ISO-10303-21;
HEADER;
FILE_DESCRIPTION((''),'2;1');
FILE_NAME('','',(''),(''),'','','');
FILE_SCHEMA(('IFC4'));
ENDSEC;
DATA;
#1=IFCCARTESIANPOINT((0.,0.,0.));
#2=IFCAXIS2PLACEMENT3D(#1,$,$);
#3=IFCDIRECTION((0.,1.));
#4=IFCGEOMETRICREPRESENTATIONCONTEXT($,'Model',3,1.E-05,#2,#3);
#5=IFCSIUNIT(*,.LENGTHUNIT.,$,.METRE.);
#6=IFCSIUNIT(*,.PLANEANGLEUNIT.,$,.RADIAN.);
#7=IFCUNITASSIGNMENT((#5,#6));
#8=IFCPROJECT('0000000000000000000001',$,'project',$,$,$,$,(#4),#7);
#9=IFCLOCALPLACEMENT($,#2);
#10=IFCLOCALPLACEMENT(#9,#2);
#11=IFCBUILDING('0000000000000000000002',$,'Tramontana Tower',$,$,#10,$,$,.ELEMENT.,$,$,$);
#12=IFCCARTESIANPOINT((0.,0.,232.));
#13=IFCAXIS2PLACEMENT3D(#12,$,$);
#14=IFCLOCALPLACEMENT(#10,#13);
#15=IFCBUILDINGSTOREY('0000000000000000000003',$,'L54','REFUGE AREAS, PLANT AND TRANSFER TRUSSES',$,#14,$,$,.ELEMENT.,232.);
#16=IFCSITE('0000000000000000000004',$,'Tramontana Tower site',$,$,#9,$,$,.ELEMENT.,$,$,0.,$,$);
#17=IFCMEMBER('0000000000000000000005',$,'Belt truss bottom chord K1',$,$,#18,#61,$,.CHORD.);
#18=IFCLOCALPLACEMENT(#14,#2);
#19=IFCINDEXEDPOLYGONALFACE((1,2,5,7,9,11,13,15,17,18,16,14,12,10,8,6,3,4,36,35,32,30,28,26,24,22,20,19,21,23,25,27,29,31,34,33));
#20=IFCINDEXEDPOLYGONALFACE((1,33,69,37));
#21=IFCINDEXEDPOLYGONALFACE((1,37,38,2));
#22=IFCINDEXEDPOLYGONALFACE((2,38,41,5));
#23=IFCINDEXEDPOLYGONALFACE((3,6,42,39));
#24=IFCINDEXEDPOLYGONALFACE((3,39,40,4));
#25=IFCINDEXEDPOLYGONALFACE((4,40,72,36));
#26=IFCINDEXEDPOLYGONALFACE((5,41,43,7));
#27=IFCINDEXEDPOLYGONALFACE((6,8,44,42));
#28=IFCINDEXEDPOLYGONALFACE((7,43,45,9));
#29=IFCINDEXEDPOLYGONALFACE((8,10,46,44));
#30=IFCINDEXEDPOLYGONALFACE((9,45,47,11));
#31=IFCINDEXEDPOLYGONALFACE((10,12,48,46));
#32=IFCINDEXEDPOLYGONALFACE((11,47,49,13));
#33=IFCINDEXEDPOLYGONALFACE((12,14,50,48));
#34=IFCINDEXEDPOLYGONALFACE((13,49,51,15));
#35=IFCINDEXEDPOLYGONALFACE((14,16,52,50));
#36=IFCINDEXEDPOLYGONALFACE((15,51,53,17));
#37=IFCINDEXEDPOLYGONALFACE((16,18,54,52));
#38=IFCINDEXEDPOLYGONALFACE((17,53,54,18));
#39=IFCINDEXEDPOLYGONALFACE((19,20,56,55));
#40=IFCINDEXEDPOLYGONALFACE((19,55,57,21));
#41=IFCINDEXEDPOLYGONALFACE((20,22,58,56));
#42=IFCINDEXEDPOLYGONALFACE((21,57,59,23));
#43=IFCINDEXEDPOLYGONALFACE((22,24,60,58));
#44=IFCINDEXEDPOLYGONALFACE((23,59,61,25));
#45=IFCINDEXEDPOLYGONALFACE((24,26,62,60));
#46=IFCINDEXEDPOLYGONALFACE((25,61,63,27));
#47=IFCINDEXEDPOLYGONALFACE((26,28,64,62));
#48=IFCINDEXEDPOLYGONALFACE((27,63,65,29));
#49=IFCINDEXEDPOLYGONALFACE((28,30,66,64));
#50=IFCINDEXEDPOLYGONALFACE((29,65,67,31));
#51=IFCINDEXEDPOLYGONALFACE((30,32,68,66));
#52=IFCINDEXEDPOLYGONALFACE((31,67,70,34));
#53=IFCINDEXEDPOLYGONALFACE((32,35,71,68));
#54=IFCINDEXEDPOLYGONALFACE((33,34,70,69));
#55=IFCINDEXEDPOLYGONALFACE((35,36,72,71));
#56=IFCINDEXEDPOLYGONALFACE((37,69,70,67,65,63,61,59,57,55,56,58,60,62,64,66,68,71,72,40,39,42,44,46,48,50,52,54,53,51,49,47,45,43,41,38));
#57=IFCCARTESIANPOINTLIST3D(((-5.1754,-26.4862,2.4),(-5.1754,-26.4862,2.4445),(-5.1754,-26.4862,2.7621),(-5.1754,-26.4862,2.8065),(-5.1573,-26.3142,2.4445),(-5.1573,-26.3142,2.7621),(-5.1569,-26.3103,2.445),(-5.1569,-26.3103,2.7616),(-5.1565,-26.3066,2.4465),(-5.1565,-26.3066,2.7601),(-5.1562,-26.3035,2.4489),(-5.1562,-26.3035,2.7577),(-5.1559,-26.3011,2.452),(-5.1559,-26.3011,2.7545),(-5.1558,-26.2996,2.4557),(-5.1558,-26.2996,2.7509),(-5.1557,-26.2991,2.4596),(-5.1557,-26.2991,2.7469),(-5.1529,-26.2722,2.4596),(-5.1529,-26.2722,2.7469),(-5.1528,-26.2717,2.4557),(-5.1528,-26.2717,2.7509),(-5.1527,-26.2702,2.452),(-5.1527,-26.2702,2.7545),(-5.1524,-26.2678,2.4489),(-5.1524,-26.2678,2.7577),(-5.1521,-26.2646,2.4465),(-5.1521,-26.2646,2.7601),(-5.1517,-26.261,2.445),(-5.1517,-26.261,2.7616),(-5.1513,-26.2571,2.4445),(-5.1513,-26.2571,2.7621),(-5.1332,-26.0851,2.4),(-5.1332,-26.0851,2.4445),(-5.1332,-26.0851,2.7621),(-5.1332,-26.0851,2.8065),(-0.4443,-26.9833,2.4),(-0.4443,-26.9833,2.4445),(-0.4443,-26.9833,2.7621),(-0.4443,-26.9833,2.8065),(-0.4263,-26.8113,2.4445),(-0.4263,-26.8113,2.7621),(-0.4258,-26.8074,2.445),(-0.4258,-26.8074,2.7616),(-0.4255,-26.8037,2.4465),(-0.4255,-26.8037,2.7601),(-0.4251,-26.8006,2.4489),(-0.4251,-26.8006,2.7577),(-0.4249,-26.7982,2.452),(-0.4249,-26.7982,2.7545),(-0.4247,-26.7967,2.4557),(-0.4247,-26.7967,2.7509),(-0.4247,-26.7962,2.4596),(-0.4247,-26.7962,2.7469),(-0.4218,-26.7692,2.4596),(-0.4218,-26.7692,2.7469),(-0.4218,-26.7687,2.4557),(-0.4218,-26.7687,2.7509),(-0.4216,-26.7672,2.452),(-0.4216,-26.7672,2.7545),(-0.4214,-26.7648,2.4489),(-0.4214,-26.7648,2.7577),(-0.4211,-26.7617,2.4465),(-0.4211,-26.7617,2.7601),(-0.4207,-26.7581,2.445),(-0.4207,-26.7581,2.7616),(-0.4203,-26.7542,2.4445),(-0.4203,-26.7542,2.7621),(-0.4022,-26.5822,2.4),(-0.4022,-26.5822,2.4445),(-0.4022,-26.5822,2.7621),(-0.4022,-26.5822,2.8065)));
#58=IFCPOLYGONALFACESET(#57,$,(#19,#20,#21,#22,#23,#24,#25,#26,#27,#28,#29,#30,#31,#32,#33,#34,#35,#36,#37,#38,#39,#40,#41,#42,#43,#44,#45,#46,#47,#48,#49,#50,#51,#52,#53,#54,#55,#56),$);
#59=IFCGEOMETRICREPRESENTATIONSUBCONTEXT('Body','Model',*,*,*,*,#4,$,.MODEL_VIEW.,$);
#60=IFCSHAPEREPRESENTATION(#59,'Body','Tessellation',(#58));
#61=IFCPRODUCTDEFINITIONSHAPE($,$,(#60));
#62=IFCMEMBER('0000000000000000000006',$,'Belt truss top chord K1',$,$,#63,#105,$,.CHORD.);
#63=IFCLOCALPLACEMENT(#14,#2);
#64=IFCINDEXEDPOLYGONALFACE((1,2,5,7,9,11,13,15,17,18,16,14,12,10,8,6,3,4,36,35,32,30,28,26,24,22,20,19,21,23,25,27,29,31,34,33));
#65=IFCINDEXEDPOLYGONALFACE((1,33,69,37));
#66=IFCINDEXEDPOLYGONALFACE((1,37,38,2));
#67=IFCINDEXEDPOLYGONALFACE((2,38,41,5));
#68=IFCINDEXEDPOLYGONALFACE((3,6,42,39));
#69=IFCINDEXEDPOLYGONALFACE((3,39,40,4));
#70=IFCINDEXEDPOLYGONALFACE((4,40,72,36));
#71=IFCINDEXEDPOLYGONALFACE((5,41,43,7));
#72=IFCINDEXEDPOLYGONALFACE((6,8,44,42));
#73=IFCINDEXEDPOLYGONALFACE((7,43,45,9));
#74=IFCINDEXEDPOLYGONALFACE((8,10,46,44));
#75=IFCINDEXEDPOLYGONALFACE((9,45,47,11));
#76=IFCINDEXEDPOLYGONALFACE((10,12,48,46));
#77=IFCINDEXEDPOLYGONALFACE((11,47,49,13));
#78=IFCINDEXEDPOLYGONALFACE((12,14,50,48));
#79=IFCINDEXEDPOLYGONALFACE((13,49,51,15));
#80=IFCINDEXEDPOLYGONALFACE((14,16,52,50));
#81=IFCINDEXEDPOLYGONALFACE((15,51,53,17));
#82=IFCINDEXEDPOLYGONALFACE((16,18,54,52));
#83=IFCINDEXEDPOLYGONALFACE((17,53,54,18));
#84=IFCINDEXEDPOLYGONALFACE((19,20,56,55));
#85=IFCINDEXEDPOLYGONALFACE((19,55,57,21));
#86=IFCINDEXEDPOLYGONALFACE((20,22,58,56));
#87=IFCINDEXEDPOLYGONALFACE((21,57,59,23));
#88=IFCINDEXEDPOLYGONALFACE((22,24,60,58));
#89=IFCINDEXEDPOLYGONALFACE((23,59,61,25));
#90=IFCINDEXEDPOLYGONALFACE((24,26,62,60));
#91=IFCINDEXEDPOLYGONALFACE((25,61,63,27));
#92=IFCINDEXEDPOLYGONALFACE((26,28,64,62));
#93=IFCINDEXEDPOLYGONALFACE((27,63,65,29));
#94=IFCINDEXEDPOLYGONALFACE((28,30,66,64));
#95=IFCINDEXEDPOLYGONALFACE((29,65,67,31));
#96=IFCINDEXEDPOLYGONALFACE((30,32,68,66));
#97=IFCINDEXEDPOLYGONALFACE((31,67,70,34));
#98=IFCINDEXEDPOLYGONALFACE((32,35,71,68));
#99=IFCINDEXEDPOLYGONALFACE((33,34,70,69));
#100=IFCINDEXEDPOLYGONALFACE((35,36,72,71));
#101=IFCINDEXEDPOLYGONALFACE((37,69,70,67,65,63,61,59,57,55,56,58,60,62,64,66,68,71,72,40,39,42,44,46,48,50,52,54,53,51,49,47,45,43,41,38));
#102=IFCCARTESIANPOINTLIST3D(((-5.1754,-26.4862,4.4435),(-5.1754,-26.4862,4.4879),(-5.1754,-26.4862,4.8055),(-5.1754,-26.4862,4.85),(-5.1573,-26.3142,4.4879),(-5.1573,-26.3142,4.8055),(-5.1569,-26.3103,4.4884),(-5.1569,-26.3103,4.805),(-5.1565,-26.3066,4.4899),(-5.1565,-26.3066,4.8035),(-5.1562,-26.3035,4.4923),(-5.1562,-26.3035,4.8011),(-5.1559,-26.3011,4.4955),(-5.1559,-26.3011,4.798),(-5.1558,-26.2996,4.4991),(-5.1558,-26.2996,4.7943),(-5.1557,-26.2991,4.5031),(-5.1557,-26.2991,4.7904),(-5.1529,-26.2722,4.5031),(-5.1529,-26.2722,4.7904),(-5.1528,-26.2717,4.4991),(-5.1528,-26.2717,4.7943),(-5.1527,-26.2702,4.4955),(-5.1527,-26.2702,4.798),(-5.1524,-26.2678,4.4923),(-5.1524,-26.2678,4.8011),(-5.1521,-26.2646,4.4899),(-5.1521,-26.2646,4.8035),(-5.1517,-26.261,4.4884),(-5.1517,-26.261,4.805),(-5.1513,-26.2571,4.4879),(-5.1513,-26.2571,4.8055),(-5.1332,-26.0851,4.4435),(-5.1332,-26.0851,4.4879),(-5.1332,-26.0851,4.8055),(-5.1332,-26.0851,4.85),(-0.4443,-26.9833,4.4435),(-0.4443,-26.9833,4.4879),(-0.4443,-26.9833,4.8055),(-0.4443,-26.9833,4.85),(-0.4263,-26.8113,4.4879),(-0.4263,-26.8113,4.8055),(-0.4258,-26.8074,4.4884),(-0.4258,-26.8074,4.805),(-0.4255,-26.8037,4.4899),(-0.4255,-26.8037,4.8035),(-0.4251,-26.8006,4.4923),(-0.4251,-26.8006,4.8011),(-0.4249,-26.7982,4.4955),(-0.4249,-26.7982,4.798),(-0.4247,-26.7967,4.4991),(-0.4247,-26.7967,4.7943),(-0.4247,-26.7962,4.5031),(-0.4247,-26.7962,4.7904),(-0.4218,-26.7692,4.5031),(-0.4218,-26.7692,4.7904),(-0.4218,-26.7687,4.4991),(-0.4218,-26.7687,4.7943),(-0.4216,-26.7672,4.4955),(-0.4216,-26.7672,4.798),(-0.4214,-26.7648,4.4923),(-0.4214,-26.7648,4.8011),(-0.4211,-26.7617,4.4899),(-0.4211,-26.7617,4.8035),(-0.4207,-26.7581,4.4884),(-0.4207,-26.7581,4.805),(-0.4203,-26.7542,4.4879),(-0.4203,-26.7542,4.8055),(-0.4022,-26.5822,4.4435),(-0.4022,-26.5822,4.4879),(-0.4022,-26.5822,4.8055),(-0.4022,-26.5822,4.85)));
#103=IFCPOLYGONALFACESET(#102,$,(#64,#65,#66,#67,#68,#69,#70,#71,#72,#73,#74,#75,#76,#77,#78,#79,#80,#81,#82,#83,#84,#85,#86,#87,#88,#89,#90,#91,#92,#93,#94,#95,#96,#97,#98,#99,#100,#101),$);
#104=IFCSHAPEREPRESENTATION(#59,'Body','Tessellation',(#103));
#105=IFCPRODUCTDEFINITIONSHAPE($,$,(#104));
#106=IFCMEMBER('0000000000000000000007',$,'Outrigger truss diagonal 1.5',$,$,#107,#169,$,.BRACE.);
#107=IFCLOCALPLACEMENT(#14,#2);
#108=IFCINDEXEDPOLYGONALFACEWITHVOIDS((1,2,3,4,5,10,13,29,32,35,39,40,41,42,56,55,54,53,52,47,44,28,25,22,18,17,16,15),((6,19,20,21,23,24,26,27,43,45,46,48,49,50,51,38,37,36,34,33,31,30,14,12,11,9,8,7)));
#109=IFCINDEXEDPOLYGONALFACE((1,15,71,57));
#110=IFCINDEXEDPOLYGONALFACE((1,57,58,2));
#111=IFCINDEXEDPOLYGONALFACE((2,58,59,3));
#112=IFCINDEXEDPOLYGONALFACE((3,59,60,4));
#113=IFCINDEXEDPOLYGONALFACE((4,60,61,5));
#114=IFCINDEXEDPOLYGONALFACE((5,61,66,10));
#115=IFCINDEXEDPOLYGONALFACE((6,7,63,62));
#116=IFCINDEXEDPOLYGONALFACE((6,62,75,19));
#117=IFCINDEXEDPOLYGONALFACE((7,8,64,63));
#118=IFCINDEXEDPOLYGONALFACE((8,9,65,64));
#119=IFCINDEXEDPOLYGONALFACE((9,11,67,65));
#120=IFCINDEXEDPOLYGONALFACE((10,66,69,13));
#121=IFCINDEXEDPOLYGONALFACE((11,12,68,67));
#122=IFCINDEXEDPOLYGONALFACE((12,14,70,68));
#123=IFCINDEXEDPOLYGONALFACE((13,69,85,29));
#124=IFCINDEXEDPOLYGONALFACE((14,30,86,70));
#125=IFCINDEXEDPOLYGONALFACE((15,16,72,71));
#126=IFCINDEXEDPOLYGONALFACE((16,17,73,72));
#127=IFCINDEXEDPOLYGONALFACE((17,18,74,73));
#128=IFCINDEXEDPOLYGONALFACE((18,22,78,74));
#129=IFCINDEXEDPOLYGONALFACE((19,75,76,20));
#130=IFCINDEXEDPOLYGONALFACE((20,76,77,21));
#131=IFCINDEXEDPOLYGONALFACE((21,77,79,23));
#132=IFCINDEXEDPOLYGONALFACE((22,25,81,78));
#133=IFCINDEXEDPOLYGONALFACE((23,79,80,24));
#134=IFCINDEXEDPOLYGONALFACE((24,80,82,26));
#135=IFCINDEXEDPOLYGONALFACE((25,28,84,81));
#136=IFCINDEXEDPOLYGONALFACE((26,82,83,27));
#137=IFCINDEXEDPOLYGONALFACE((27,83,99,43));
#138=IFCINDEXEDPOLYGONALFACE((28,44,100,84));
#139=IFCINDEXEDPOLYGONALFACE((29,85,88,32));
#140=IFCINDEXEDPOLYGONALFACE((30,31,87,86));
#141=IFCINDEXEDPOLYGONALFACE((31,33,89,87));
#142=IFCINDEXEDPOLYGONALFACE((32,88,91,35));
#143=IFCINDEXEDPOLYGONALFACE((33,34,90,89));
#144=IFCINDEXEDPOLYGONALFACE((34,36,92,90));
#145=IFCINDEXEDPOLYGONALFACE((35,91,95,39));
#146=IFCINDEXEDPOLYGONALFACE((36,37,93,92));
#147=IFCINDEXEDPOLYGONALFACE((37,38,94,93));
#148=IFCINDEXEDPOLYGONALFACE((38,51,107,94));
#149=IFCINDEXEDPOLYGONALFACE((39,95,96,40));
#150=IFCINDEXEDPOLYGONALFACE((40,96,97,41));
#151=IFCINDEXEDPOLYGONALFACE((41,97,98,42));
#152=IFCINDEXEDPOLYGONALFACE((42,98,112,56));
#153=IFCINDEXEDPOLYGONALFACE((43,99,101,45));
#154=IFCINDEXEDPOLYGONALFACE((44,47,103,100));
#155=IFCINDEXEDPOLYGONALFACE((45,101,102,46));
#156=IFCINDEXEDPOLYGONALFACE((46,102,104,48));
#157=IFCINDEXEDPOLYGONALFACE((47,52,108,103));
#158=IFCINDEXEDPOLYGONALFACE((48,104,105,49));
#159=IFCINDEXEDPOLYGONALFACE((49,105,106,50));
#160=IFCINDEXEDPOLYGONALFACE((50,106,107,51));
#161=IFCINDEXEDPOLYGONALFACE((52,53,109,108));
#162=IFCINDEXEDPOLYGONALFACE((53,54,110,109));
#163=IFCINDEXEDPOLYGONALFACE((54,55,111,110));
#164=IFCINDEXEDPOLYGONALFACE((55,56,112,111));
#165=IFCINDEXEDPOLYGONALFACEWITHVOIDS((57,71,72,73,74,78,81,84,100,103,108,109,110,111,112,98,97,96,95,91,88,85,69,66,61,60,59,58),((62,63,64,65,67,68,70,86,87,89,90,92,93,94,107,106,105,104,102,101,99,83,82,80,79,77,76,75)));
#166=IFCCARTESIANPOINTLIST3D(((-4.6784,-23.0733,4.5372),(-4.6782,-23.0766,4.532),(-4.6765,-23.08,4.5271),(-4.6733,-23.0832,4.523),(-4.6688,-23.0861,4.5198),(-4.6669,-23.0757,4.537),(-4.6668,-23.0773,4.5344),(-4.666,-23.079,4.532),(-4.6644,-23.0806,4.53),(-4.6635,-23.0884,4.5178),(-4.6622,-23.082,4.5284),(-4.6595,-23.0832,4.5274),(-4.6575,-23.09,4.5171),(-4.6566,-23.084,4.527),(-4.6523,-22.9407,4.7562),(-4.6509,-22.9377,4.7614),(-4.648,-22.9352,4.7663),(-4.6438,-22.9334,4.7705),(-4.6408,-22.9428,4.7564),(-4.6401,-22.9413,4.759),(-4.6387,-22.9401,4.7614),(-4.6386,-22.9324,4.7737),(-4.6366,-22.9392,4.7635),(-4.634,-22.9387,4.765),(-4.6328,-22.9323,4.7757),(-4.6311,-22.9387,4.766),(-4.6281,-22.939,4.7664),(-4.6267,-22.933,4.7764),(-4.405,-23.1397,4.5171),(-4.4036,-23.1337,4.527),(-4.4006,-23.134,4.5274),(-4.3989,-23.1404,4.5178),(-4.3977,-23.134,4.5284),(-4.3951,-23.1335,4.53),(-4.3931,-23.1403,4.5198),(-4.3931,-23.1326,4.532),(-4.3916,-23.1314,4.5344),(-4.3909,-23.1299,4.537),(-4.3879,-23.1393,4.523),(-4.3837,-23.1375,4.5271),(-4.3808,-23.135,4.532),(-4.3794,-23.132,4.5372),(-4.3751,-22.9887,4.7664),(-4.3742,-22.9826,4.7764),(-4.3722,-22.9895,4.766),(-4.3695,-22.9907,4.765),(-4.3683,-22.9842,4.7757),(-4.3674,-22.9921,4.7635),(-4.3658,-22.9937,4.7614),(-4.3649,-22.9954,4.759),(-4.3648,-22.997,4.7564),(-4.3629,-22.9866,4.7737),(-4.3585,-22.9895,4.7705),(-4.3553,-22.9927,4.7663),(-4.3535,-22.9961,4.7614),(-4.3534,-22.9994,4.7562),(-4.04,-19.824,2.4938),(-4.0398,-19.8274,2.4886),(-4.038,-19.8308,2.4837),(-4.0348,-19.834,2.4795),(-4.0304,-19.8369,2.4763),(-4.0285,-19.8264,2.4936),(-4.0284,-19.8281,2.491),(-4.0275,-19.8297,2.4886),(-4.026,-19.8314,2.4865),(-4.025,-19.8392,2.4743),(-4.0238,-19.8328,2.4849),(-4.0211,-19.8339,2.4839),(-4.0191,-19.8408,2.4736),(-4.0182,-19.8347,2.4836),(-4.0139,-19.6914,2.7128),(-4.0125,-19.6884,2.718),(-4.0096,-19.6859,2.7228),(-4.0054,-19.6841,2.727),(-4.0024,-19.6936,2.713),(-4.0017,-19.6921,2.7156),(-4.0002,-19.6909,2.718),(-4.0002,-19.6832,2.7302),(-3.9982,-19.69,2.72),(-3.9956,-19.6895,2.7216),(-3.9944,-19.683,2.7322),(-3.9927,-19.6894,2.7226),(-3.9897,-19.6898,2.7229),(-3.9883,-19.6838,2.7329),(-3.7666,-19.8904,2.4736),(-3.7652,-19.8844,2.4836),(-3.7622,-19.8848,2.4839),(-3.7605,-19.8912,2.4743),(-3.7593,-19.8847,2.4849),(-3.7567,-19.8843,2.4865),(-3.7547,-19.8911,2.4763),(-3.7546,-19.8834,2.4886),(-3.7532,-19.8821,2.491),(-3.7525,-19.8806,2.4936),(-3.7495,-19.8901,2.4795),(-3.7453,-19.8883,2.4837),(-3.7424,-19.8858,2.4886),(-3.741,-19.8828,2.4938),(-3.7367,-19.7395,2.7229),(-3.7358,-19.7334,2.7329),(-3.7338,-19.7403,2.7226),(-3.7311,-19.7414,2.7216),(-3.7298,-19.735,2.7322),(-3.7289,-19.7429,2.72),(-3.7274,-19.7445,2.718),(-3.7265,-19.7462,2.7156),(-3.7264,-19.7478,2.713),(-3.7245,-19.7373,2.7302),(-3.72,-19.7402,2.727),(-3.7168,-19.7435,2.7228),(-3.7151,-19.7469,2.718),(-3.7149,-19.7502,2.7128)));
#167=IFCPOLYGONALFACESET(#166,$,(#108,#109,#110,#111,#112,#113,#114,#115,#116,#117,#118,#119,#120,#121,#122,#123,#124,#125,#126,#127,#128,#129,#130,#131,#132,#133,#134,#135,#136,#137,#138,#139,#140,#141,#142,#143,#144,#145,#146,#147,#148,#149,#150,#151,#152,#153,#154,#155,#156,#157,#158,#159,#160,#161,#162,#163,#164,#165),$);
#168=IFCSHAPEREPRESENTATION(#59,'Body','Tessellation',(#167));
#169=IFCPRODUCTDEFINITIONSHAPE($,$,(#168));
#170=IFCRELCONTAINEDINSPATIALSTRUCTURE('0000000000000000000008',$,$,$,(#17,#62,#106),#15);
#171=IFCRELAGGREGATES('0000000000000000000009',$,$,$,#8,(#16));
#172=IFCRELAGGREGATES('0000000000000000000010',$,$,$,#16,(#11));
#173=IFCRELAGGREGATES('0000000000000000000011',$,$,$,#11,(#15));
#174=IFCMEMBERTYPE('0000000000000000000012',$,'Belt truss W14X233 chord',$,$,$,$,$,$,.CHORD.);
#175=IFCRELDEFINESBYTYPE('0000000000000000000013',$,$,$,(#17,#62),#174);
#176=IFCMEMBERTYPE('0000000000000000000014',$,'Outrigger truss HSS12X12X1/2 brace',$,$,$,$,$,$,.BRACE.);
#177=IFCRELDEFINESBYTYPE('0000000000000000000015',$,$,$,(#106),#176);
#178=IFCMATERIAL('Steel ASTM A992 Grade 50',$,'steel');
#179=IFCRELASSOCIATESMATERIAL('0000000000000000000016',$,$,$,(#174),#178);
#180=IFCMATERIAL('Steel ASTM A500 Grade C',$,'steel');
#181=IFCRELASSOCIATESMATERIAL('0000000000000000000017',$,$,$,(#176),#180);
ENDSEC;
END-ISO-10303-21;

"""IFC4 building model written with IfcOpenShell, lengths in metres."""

from ifc_helpers import new_model, si_unit, direction, frame, origin, origin_2d, place, context, subcontext, project, spatial, hollow_rectangle, i_section, extrude, material, material_profile, profile_set, type_object, element, save


model = new_model("IFC4")

# Units and contexts
model_context = context("Model", 3, precision=1e-05, world=origin(), true_north=direction((0.0, 1.0)))
body_context = subcontext(model_context, "Body", "Model", "MODEL_VIEW")
ifc_project = project(units=[si_unit("LENGTHUNIT", "METRE"), si_unit("PLANEANGLEUNIT", "RADIAN")], contexts=[model_context])

# Site, building, storey
site_placement = place(None, origin())
site = spatial("IfcSite", under=ifc_project, at=site_placement, Name="Tramontana Tower site", CompositionType="ELEMENT", RefElevation=0.0)
building_placement = place(site_placement, origin())
building = spatial("IfcBuilding", under=site, at=building_placement, Name="Tramontana Tower", CompositionType="ELEMENT")
storey_placement = place(building_placement, frame((0.0, 0.0, 232.0)))
storey = spatial("IfcBuildingStorey", under=building, at=storey_placement, Name="L54", Description="REFUGE AREAS, PLANT AND TRANSFER TRUSSES", CompositionType="ELEMENT", Elevation=232.0)

# Members
ifc_material_1 = material(Name="Steel ASTM A992 Grade 50", Category="steel")
ifc_material_profile_1 = material_profile(ifc_material_1, i_section(OverallWidth=0.4033, OverallDepth=0.4065, WebThickness=0.0271, FlangeThickness=0.0444, FilletRadius=0.0151, at=origin_2d()), Name="W14X233")
ifc_profile_set_1 = profile_set([ifc_material_profile_1], Name="Steel ASTM A992 Grade 50")
member_type_1 = type_object("IfcMemberType", Name="Belt truss W14X233 chord", PredefinedType="CHORD", material=ifc_profile_set_1)
for number, where, z_axis, x_axis, name in (
    (1, (-5.1543, -26.2856, 2.6033), (0.994526, -0.104492, 0.0), (0.104492, 0.994526, 0.0), "Belt truss bottom chord K1"),
    (2, (-5.1543, -26.2856, 4.6467), (0.994526, -0.104492, 0.0), (0.104492, 0.994526, 0.0), "Belt truss top chord K1"),
):
    element("IfcMember", number, at=place(storey_placement, frame(where, z_axis=z_axis, x_axis=x_axis)), inside=storey, type_object=member_type_1, Name=name, PredefinedType="CHORD", context=body_context, shape_type="SweptSolid", body=[
        extrude(i_section(OverallWidth=0.4033, OverallDepth=0.4065, WebThickness=0.0271, FlangeThickness=0.0444, FilletRadius=0.0151, at=origin_2d()), origin(), (0.0, 0.0, 1.0), 4.7571),
    ])
ifc_material_2 = material(Name="Steel ASTM A500 Grade C", Category="steel")
ifc_material_profile_2 = material_profile(ifc_material_2, hollow_rectangle(XDim=0.3047, YDim=0.3047, WallThickness=0.0117, InnerFilletRadius=0.0117, OuterFilletRadius=0.0237, at=origin_2d()), Name="HSS12X12X1/2")
ifc_profile_set_2 = profile_set([ifc_material_profile_2], Name="Steel ASTM A500 Grade C")
member_type_2 = type_object("IfcMemberType", Name="Outrigger truss HSS12X12X1/2 brace", PredefinedType="BRACE", material=ifc_profile_set_2)
for number, where, z_axis, x_axis, name in (
    (3, (-3.8774, -19.7871, 2.6033), (-0.164072, -0.83504, 0.525155), (0.981239, -0.192797, 0.0), "Outrigger truss diagonal 1.5"),
):
    element("IfcMember", number, at=place(storey_placement, frame(where, z_axis=z_axis, x_axis=x_axis)), inside=storey, type_object=member_type_2, Name=name, PredefinedType="BRACE", context=body_context, shape_type="SweptSolid", body=[
        extrude(hollow_rectangle(XDim=0.3047, YDim=0.3047, WallThickness=0.0117, InnerFilletRadius=0.0117, OuterFilletRadius=0.0237, at=origin_2d()), origin(), (0.0, 0.0, 1.0), 3.8911),
    ])

save(model, "model.ifc")
